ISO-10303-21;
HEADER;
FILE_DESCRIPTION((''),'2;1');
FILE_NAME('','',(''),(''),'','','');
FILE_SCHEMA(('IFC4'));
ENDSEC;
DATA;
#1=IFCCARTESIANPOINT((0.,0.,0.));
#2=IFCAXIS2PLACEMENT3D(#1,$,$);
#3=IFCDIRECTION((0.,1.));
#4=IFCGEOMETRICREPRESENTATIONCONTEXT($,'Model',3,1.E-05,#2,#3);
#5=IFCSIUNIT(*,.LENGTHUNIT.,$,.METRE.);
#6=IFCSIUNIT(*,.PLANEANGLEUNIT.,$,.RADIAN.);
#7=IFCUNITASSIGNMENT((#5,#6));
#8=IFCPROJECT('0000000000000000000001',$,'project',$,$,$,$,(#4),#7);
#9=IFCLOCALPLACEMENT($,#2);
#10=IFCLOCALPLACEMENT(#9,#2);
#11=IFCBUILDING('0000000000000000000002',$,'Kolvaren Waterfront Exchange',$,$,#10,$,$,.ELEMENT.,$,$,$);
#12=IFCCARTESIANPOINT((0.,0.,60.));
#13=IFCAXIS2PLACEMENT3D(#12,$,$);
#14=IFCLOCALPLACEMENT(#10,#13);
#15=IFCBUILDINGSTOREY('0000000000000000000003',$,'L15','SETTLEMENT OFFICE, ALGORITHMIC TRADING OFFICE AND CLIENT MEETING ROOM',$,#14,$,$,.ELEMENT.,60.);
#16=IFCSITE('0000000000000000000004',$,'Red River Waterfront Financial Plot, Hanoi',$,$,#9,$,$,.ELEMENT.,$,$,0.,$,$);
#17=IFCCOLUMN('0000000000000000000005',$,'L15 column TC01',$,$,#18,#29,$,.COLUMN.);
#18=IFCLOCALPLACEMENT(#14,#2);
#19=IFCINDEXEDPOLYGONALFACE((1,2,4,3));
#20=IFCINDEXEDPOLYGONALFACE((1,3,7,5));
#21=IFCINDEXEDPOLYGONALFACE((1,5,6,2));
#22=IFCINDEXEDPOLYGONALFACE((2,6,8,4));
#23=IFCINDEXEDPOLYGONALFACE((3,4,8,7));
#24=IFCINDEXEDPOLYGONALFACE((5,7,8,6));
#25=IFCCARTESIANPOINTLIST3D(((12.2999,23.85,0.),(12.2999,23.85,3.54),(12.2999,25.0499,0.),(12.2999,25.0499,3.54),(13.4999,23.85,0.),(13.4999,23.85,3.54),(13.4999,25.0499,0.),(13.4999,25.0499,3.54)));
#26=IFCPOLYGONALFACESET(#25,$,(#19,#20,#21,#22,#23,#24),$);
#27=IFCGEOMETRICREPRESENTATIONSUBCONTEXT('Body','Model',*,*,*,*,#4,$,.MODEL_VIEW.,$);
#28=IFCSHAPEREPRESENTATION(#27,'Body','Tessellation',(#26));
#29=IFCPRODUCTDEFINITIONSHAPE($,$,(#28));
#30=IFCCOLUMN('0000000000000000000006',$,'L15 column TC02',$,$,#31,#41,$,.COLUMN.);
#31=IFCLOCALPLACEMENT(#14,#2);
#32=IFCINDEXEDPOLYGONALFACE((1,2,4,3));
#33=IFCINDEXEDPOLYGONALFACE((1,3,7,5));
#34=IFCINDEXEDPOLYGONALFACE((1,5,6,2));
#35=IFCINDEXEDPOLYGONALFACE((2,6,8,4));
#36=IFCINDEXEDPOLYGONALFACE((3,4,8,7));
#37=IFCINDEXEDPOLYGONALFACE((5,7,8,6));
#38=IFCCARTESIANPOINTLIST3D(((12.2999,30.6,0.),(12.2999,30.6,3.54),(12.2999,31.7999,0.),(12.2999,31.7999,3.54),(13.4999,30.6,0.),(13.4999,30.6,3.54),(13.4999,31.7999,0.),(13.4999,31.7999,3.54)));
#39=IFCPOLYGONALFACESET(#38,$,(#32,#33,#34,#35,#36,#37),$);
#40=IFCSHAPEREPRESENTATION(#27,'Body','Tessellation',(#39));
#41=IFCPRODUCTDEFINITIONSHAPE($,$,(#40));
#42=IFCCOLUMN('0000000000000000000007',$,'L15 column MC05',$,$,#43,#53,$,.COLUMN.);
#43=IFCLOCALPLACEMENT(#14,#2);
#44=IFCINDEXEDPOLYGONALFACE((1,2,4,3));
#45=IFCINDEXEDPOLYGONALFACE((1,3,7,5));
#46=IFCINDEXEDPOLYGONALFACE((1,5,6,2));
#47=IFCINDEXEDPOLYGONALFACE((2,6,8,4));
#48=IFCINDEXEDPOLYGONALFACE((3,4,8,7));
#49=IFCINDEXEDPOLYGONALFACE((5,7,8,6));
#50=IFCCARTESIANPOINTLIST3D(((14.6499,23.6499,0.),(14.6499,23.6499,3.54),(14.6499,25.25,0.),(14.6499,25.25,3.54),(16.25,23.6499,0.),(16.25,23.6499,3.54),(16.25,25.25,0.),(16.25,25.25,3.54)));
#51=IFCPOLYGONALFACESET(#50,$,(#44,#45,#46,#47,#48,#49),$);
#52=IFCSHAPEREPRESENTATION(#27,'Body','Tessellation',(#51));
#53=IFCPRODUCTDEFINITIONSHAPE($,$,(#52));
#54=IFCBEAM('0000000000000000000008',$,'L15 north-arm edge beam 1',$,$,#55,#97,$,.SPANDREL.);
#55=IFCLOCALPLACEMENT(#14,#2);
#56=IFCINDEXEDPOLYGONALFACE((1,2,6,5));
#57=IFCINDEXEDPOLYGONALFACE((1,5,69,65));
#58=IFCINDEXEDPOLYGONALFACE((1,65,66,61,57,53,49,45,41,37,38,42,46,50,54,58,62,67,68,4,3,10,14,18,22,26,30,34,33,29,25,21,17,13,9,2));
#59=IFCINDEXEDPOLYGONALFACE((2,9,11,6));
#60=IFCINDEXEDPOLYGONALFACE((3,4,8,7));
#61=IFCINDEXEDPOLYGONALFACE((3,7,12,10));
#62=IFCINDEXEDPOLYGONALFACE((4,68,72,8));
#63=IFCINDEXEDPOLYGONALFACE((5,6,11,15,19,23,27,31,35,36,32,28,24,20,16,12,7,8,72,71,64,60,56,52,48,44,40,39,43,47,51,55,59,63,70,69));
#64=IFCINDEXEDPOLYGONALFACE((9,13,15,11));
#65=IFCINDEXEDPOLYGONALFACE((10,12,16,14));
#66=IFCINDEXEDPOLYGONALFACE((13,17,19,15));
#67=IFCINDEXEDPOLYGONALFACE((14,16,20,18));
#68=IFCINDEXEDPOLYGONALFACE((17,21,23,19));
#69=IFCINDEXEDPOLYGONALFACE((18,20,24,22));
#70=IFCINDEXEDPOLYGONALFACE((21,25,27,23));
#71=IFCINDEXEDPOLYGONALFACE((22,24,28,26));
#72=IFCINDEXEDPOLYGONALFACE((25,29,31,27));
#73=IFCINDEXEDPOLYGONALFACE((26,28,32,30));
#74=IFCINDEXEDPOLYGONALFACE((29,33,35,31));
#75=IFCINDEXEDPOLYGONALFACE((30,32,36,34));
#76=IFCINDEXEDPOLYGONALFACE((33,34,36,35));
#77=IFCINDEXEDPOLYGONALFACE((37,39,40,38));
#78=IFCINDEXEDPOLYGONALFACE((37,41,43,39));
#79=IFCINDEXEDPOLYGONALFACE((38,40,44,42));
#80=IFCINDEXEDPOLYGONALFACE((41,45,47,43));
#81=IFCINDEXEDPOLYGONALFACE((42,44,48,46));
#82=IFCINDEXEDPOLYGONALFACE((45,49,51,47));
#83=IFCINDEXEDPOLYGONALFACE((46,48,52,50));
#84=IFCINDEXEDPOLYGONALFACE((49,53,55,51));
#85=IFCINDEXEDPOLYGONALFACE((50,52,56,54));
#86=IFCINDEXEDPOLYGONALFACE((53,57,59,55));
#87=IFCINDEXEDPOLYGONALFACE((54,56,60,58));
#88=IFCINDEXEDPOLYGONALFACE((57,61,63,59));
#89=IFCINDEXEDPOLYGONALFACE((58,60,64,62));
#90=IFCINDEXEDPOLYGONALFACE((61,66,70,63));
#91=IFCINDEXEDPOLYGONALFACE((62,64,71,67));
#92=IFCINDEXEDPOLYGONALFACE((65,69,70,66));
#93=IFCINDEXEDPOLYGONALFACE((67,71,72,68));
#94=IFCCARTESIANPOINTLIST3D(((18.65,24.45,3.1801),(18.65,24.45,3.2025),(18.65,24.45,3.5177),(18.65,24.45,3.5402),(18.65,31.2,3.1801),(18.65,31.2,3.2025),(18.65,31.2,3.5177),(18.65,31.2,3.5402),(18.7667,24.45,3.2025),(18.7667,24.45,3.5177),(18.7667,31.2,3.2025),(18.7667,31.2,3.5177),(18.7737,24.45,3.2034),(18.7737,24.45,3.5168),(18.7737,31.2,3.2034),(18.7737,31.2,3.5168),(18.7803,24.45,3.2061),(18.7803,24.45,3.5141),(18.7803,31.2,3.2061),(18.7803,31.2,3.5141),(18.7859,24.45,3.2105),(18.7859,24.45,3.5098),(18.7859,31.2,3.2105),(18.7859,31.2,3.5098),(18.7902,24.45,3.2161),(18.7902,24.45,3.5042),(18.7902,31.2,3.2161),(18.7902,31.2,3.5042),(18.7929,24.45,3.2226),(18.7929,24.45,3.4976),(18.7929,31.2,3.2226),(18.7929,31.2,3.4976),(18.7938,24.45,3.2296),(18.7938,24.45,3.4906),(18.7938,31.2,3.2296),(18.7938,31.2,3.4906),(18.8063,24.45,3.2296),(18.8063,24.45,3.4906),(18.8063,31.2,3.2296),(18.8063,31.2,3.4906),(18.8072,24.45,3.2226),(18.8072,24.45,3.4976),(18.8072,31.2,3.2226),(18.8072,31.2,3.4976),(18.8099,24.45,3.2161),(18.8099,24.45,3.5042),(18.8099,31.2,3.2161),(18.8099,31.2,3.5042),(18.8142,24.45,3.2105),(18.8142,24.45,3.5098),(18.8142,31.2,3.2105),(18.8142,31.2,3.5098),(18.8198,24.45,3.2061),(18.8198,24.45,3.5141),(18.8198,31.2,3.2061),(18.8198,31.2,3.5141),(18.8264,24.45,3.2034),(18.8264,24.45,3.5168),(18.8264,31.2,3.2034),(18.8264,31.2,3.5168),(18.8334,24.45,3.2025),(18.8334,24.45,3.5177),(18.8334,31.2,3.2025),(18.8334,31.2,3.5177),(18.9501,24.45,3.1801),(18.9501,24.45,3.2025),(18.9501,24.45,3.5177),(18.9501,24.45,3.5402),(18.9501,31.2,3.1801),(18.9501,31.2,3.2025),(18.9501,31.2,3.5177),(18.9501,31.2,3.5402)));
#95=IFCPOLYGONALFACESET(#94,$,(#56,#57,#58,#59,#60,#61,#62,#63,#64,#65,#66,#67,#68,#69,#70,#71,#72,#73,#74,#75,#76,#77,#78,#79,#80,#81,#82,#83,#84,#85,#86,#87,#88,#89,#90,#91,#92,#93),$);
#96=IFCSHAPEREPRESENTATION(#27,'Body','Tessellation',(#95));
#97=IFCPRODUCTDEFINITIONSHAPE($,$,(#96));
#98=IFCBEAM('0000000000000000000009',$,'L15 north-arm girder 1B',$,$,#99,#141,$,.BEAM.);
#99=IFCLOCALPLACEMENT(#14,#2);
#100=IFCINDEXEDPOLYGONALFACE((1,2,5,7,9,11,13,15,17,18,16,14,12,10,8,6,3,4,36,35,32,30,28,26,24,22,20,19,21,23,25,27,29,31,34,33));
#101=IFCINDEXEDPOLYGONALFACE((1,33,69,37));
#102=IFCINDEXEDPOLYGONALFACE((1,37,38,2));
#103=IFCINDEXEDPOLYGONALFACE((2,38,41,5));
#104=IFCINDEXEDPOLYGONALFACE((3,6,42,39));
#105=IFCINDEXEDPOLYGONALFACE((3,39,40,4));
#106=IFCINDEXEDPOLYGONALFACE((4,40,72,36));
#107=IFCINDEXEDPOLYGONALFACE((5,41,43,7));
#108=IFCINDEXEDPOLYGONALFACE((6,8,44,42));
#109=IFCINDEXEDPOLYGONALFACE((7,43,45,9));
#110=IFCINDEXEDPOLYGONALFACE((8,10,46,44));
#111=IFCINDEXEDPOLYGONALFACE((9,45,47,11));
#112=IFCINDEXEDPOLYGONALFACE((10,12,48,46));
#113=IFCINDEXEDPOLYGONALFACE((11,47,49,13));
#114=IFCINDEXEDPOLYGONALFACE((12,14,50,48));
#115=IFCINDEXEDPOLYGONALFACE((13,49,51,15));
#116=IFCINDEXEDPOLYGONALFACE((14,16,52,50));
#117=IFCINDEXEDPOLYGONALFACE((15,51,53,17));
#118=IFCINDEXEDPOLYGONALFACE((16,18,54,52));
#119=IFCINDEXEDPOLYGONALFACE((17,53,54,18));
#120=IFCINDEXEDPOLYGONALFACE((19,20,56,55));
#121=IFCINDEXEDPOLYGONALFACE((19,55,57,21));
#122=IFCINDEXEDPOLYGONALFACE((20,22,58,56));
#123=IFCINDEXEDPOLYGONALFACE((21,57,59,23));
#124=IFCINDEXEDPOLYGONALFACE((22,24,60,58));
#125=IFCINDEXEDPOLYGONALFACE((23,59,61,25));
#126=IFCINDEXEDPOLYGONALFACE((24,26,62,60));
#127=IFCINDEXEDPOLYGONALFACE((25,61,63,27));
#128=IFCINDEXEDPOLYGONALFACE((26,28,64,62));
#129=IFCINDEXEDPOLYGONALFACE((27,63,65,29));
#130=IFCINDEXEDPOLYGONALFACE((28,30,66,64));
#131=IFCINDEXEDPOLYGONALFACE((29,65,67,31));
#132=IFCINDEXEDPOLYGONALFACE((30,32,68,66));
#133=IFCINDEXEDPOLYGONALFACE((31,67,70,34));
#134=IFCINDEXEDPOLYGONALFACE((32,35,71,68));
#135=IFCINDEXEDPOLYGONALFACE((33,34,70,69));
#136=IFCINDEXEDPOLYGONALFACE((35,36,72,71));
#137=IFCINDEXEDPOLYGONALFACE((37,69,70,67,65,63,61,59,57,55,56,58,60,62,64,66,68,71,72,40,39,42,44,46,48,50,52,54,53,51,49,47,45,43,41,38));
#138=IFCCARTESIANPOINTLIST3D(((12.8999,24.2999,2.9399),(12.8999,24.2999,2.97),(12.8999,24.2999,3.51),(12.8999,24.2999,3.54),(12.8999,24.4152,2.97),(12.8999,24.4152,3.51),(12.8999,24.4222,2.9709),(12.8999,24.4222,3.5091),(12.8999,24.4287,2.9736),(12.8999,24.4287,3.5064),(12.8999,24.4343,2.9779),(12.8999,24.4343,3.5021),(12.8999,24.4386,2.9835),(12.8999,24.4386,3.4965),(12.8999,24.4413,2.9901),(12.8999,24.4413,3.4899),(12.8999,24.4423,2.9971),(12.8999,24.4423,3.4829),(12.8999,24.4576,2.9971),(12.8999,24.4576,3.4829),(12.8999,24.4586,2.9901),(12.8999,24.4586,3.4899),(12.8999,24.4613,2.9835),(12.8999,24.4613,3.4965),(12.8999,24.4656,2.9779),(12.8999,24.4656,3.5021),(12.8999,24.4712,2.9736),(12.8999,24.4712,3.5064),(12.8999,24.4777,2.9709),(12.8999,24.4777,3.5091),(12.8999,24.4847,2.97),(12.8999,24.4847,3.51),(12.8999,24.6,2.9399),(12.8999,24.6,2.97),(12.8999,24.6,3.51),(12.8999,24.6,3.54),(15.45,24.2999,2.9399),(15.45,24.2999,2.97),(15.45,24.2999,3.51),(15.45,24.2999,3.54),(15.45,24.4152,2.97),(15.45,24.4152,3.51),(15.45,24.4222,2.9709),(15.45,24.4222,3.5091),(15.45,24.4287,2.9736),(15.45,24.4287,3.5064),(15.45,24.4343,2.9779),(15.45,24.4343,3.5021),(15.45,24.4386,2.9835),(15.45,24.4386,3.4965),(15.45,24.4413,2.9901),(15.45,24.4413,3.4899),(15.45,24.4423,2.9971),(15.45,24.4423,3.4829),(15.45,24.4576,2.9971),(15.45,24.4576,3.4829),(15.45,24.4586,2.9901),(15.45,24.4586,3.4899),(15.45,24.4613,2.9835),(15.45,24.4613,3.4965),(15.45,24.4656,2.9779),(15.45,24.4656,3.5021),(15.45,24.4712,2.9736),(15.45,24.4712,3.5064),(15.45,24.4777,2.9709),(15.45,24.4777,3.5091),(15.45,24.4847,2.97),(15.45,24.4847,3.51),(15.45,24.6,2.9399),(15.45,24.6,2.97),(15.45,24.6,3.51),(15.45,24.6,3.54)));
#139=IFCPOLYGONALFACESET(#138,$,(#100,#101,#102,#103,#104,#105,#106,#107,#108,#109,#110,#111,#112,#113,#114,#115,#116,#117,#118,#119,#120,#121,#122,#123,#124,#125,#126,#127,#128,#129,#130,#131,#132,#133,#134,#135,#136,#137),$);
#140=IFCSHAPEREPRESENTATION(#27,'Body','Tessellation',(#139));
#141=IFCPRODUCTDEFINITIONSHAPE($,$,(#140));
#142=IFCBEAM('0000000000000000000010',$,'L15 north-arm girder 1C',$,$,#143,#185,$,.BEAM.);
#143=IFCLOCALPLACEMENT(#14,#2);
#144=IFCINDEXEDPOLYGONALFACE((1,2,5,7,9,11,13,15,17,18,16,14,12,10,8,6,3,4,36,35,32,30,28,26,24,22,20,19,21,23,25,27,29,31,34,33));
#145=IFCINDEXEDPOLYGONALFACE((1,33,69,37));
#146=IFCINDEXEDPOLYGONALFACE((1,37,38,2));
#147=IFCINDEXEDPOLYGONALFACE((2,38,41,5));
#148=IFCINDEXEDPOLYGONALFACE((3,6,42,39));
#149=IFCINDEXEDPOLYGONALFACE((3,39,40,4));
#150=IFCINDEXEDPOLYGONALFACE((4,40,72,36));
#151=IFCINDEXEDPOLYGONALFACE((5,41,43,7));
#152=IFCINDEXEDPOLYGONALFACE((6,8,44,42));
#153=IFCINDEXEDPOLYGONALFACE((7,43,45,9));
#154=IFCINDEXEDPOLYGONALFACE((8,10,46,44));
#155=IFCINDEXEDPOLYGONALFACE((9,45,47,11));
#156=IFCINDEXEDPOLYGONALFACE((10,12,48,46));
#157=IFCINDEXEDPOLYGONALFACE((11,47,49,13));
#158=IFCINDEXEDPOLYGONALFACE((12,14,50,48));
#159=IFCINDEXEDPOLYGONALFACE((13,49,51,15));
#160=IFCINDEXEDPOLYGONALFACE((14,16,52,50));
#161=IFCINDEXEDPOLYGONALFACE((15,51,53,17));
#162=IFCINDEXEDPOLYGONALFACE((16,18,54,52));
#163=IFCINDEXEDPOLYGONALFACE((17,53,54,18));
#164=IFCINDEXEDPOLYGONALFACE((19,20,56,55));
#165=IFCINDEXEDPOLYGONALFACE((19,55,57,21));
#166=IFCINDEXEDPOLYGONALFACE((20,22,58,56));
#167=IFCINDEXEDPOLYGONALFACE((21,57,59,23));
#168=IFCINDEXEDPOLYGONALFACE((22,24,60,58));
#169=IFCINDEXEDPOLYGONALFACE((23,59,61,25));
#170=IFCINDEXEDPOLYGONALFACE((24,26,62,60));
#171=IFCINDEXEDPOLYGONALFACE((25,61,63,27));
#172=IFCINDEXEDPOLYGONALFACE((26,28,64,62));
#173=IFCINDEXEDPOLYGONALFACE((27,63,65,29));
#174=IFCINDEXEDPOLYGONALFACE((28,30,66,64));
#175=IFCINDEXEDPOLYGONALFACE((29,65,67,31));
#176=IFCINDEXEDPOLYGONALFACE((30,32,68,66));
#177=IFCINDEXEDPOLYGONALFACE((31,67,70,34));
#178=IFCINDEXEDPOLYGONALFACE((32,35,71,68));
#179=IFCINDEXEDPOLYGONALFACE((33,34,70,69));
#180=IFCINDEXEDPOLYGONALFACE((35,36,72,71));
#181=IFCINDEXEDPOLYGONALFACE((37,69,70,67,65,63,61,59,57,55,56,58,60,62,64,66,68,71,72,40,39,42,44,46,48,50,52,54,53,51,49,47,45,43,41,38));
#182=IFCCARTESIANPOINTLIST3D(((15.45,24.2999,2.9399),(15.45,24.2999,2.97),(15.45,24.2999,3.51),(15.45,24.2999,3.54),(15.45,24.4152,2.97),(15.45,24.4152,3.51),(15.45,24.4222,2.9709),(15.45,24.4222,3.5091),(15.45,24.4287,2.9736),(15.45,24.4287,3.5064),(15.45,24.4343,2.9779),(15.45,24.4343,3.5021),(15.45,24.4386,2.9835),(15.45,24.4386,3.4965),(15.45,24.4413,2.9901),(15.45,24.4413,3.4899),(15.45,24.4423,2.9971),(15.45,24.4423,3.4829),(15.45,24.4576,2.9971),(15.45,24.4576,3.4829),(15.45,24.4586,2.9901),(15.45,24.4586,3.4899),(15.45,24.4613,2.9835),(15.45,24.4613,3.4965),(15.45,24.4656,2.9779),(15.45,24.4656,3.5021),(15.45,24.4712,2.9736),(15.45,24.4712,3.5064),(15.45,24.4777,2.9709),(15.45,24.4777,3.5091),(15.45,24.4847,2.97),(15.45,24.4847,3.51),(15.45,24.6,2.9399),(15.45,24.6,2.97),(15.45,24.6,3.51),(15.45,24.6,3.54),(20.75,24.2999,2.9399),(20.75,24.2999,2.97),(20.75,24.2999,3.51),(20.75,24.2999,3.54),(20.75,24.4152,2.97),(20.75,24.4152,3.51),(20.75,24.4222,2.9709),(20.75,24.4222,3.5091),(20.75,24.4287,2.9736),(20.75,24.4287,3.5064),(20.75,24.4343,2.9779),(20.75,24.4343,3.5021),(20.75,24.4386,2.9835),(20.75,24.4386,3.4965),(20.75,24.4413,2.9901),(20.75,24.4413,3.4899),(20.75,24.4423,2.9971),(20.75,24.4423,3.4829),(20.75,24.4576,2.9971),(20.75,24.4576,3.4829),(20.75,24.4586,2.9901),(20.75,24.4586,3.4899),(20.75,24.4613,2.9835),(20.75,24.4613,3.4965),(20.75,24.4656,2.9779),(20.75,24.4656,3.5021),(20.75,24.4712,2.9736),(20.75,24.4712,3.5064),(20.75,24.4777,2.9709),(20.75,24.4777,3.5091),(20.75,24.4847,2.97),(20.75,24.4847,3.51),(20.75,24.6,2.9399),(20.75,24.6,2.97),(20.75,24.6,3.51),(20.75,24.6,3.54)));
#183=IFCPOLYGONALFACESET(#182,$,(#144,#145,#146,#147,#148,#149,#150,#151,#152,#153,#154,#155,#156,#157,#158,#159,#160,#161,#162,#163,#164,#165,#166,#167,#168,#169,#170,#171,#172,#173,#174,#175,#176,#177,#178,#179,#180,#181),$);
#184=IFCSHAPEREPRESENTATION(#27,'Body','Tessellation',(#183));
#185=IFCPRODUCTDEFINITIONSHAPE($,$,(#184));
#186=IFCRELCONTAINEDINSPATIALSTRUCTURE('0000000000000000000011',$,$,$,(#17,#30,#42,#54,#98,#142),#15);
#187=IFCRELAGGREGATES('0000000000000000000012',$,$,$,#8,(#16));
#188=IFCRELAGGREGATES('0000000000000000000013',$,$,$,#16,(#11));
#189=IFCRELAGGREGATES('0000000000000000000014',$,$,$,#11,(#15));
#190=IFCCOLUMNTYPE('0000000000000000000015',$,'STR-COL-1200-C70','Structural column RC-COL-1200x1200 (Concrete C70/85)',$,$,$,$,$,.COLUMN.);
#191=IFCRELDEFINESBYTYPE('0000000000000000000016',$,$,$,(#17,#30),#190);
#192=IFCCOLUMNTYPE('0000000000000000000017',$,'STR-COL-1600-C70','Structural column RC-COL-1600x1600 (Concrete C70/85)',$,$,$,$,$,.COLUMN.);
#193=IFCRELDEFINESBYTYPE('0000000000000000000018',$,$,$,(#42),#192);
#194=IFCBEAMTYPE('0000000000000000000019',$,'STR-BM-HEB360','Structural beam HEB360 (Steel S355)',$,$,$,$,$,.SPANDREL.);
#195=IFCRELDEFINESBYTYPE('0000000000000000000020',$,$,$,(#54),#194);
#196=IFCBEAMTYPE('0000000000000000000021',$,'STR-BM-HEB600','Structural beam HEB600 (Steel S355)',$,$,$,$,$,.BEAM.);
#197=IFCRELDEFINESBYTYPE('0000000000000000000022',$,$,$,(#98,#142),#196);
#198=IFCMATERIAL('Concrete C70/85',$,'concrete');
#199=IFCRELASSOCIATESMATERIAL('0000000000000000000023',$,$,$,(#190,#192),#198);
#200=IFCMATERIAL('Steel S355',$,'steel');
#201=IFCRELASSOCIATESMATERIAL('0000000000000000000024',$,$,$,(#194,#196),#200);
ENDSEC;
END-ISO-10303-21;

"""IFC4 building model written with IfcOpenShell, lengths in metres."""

from ifc_helpers import new_model, si_unit, direction, frame, origin, origin_2d, place, context, subcontext, project, spatial, rectangle, i_section, extrude, material, material_profile, profile_set, type_object, element, save


model = new_model("IFC4")

# Units and contexts
model_context = context("Model", 3, precision=1e-05, world=origin(), true_north=direction((0.0, 1.0)))
body_context = subcontext(model_context, "Body", "Model", "MODEL_VIEW")
ifc_project = project(units=[si_unit("LENGTHUNIT", "METRE"), si_unit("PLANEANGLEUNIT", "RADIAN")], contexts=[model_context])

# Site, building, storey
site_placement = place(None, origin())
site = spatial("IfcSite", under=ifc_project, at=site_placement, Name="Red River Waterfront Financial Plot, Hanoi", CompositionType="ELEMENT", RefElevation=0.0)
building_placement = place(site_placement, origin())
building = spatial("IfcBuilding", under=site, at=building_placement, Name="Kolvaren Waterfront Exchange", CompositionType="ELEMENT")
storey_placement = place(building_placement, frame((0.0, 0.0, 60.0)))
storey = spatial("IfcBuildingStorey", under=building, at=storey_placement, Name="L15", Description="SETTLEMENT OFFICE, ALGORITHMIC TRADING OFFICE AND CLIENT MEETING ROOM", CompositionType="ELEMENT", Elevation=60.0)

# Columns
ifc_material_1 = material(Name="Concrete C70/85", Category="concrete")
ifc_material_profile_1 = material_profile(ifc_material_1, rectangle(XDim=1.2, YDim=1.2, at=origin_2d()), Name="RC-COL-1200x1200")
ifc_profile_set_1 = profile_set([ifc_material_profile_1], Name="Concrete C70/85")
column_type_1 = type_object("IfcColumnType", Name="STR-COL-1200-C70", Description="Structural column RC-COL-1200x1200 (Concrete C70/85)", PredefinedType="COLUMN", material=ifc_profile_set_1)
for number, where, z_axis, x_axis, name in (
    (1, (12.8999, 24.45, 0.0), (0.0, 0.0, 1.0), (1.0, 0.0, 0.0), "L15 column TC01"),
    (2, (12.8999, 31.2, 0.0), (0.0, 0.0, 1.0), (1.0, 0.0, 0.0), "L15 column TC02"),
):
    element("IfcColumn", number, at=place(storey_placement, frame(where, z_axis=z_axis, x_axis=x_axis)), inside=storey, type_object=column_type_1, Name=name, PredefinedType="COLUMN", context=body_context, shape_type="SweptSolid", body=[
        extrude(rectangle(XDim=1.2, YDim=1.2, at=origin_2d()), origin(), (0.0, 0.0, 1.0), 3.54),
    ])
ifc_material_profile_2 = material_profile(ifc_material_1, rectangle(XDim=1.6001, YDim=1.6001, at=origin_2d()), Name="RC-COL-1600x1600")
ifc_profile_set_2 = profile_set([ifc_material_profile_2], Name="Concrete C70/85")
column_type_2 = type_object("IfcColumnType", Name="STR-COL-1600-C70", Description="Structural column RC-COL-1600x1600 (Concrete C70/85)", PredefinedType="COLUMN", material=ifc_profile_set_2)
column_placement = place(storey_placement, frame((15.45, 24.45, 0.0), z_axis=(0.0, 0.0, 1.0), x_axis=(1.0, 0.0, 0.0)))
element("IfcColumn", 3, at=column_placement, inside=storey, type_object=column_type_2, Name="L15 column MC05", PredefinedType="COLUMN", context=body_context, shape_type="SweptSolid", body=[
    extrude(rectangle(XDim=1.6001, YDim=1.6001, at=origin_2d()), origin(), (0.0, 0.0, 1.0), 3.54),
])

# Beams
ifc_material_2 = material(Name="Steel S355", Category="steel")
ifc_material_profile_3 = material_profile(ifc_material_2, i_section(OverallWidth=0.3, OverallDepth=0.3601, WebThickness=0.0125, FlangeThickness=0.0225, FilletRadius=0.0271, at=origin_2d()), Name="HEB360")
ifc_profile_set_3 = profile_set([ifc_material_profile_3], Name="Steel S355")
beam_type_1 = type_object("IfcBeamType", Name="STR-BM-HEB360", Description="Structural beam HEB360 (Steel S355)", PredefinedType="SPANDREL", material=ifc_profile_set_3)
beam_1_placement = place(storey_placement, frame((18.8, 24.45, 3.3601), z_axis=(0.0, 1.0, 0.0), x_axis=(-1.0, 0.0, 0.0)))
element("IfcBeam", 4, at=beam_1_placement, inside=storey, type_object=beam_type_1, Name="L15 north-arm edge beam 1", PredefinedType="SPANDREL", context=body_context, shape_type="SweptSolid", body=[
    extrude(i_section(OverallWidth=0.3, OverallDepth=0.3601, WebThickness=0.0125, FlangeThickness=0.0225, FilletRadius=0.0271, at=origin_2d()), origin(), (0.0, 0.0, 1.0), 6.75),
])
ifc_material_profile_4 = material_profile(ifc_material_2, i_section(OverallWidth=0.3, OverallDepth=0.6001, WebThickness=0.0154, FlangeThickness=0.03, FilletRadius=0.0271, at=origin_2d()), Name="HEB600")
ifc_profile_set_4 = profile_set([ifc_material_profile_4], Name="Steel S355")
beam_type_2 = type_object("IfcBeamType", Name="STR-BM-HEB600", Description="Structural beam HEB600 (Steel S355)", PredefinedType="BEAM", material=ifc_profile_set_4)
beam_2_placement = place(storey_placement, frame((12.8999, 24.45, 3.24), z_axis=(1.0, 0.0, 0.0), x_axis=(0.0, 1.0, 0.0)))
element("IfcBeam", 5, at=beam_2_placement, inside=storey, type_object=beam_type_2, Name="L15 north-arm girder 1B", PredefinedType="BEAM", context=body_context, shape_type="SweptSolid", body=[
    extrude(i_section(OverallWidth=0.3, OverallDepth=0.6001, WebThickness=0.0154, FlangeThickness=0.03, FilletRadius=0.0271, at=origin_2d()), origin(), (0.0, 0.0, 1.0), 2.55),
])
beam_3_placement = place(storey_placement, frame((15.45, 24.45, 3.24), z_axis=(1.0, 0.0, 0.0), x_axis=(0.0, 1.0, 0.0)))
element("IfcBeam", 6, at=beam_3_placement, inside=storey, type_object=beam_type_2, Name="L15 north-arm girder 1C", PredefinedType="BEAM", context=body_context, shape_type="SweptSolid", body=[
    extrude(i_section(OverallWidth=0.3, OverallDepth=0.6001, WebThickness=0.0154, FlangeThickness=0.03, FilletRadius=0.0271, at=origin_2d()), origin(), (0.0, 0.0, 1.0), 5.3),
])

save(model, "model.ifc")
